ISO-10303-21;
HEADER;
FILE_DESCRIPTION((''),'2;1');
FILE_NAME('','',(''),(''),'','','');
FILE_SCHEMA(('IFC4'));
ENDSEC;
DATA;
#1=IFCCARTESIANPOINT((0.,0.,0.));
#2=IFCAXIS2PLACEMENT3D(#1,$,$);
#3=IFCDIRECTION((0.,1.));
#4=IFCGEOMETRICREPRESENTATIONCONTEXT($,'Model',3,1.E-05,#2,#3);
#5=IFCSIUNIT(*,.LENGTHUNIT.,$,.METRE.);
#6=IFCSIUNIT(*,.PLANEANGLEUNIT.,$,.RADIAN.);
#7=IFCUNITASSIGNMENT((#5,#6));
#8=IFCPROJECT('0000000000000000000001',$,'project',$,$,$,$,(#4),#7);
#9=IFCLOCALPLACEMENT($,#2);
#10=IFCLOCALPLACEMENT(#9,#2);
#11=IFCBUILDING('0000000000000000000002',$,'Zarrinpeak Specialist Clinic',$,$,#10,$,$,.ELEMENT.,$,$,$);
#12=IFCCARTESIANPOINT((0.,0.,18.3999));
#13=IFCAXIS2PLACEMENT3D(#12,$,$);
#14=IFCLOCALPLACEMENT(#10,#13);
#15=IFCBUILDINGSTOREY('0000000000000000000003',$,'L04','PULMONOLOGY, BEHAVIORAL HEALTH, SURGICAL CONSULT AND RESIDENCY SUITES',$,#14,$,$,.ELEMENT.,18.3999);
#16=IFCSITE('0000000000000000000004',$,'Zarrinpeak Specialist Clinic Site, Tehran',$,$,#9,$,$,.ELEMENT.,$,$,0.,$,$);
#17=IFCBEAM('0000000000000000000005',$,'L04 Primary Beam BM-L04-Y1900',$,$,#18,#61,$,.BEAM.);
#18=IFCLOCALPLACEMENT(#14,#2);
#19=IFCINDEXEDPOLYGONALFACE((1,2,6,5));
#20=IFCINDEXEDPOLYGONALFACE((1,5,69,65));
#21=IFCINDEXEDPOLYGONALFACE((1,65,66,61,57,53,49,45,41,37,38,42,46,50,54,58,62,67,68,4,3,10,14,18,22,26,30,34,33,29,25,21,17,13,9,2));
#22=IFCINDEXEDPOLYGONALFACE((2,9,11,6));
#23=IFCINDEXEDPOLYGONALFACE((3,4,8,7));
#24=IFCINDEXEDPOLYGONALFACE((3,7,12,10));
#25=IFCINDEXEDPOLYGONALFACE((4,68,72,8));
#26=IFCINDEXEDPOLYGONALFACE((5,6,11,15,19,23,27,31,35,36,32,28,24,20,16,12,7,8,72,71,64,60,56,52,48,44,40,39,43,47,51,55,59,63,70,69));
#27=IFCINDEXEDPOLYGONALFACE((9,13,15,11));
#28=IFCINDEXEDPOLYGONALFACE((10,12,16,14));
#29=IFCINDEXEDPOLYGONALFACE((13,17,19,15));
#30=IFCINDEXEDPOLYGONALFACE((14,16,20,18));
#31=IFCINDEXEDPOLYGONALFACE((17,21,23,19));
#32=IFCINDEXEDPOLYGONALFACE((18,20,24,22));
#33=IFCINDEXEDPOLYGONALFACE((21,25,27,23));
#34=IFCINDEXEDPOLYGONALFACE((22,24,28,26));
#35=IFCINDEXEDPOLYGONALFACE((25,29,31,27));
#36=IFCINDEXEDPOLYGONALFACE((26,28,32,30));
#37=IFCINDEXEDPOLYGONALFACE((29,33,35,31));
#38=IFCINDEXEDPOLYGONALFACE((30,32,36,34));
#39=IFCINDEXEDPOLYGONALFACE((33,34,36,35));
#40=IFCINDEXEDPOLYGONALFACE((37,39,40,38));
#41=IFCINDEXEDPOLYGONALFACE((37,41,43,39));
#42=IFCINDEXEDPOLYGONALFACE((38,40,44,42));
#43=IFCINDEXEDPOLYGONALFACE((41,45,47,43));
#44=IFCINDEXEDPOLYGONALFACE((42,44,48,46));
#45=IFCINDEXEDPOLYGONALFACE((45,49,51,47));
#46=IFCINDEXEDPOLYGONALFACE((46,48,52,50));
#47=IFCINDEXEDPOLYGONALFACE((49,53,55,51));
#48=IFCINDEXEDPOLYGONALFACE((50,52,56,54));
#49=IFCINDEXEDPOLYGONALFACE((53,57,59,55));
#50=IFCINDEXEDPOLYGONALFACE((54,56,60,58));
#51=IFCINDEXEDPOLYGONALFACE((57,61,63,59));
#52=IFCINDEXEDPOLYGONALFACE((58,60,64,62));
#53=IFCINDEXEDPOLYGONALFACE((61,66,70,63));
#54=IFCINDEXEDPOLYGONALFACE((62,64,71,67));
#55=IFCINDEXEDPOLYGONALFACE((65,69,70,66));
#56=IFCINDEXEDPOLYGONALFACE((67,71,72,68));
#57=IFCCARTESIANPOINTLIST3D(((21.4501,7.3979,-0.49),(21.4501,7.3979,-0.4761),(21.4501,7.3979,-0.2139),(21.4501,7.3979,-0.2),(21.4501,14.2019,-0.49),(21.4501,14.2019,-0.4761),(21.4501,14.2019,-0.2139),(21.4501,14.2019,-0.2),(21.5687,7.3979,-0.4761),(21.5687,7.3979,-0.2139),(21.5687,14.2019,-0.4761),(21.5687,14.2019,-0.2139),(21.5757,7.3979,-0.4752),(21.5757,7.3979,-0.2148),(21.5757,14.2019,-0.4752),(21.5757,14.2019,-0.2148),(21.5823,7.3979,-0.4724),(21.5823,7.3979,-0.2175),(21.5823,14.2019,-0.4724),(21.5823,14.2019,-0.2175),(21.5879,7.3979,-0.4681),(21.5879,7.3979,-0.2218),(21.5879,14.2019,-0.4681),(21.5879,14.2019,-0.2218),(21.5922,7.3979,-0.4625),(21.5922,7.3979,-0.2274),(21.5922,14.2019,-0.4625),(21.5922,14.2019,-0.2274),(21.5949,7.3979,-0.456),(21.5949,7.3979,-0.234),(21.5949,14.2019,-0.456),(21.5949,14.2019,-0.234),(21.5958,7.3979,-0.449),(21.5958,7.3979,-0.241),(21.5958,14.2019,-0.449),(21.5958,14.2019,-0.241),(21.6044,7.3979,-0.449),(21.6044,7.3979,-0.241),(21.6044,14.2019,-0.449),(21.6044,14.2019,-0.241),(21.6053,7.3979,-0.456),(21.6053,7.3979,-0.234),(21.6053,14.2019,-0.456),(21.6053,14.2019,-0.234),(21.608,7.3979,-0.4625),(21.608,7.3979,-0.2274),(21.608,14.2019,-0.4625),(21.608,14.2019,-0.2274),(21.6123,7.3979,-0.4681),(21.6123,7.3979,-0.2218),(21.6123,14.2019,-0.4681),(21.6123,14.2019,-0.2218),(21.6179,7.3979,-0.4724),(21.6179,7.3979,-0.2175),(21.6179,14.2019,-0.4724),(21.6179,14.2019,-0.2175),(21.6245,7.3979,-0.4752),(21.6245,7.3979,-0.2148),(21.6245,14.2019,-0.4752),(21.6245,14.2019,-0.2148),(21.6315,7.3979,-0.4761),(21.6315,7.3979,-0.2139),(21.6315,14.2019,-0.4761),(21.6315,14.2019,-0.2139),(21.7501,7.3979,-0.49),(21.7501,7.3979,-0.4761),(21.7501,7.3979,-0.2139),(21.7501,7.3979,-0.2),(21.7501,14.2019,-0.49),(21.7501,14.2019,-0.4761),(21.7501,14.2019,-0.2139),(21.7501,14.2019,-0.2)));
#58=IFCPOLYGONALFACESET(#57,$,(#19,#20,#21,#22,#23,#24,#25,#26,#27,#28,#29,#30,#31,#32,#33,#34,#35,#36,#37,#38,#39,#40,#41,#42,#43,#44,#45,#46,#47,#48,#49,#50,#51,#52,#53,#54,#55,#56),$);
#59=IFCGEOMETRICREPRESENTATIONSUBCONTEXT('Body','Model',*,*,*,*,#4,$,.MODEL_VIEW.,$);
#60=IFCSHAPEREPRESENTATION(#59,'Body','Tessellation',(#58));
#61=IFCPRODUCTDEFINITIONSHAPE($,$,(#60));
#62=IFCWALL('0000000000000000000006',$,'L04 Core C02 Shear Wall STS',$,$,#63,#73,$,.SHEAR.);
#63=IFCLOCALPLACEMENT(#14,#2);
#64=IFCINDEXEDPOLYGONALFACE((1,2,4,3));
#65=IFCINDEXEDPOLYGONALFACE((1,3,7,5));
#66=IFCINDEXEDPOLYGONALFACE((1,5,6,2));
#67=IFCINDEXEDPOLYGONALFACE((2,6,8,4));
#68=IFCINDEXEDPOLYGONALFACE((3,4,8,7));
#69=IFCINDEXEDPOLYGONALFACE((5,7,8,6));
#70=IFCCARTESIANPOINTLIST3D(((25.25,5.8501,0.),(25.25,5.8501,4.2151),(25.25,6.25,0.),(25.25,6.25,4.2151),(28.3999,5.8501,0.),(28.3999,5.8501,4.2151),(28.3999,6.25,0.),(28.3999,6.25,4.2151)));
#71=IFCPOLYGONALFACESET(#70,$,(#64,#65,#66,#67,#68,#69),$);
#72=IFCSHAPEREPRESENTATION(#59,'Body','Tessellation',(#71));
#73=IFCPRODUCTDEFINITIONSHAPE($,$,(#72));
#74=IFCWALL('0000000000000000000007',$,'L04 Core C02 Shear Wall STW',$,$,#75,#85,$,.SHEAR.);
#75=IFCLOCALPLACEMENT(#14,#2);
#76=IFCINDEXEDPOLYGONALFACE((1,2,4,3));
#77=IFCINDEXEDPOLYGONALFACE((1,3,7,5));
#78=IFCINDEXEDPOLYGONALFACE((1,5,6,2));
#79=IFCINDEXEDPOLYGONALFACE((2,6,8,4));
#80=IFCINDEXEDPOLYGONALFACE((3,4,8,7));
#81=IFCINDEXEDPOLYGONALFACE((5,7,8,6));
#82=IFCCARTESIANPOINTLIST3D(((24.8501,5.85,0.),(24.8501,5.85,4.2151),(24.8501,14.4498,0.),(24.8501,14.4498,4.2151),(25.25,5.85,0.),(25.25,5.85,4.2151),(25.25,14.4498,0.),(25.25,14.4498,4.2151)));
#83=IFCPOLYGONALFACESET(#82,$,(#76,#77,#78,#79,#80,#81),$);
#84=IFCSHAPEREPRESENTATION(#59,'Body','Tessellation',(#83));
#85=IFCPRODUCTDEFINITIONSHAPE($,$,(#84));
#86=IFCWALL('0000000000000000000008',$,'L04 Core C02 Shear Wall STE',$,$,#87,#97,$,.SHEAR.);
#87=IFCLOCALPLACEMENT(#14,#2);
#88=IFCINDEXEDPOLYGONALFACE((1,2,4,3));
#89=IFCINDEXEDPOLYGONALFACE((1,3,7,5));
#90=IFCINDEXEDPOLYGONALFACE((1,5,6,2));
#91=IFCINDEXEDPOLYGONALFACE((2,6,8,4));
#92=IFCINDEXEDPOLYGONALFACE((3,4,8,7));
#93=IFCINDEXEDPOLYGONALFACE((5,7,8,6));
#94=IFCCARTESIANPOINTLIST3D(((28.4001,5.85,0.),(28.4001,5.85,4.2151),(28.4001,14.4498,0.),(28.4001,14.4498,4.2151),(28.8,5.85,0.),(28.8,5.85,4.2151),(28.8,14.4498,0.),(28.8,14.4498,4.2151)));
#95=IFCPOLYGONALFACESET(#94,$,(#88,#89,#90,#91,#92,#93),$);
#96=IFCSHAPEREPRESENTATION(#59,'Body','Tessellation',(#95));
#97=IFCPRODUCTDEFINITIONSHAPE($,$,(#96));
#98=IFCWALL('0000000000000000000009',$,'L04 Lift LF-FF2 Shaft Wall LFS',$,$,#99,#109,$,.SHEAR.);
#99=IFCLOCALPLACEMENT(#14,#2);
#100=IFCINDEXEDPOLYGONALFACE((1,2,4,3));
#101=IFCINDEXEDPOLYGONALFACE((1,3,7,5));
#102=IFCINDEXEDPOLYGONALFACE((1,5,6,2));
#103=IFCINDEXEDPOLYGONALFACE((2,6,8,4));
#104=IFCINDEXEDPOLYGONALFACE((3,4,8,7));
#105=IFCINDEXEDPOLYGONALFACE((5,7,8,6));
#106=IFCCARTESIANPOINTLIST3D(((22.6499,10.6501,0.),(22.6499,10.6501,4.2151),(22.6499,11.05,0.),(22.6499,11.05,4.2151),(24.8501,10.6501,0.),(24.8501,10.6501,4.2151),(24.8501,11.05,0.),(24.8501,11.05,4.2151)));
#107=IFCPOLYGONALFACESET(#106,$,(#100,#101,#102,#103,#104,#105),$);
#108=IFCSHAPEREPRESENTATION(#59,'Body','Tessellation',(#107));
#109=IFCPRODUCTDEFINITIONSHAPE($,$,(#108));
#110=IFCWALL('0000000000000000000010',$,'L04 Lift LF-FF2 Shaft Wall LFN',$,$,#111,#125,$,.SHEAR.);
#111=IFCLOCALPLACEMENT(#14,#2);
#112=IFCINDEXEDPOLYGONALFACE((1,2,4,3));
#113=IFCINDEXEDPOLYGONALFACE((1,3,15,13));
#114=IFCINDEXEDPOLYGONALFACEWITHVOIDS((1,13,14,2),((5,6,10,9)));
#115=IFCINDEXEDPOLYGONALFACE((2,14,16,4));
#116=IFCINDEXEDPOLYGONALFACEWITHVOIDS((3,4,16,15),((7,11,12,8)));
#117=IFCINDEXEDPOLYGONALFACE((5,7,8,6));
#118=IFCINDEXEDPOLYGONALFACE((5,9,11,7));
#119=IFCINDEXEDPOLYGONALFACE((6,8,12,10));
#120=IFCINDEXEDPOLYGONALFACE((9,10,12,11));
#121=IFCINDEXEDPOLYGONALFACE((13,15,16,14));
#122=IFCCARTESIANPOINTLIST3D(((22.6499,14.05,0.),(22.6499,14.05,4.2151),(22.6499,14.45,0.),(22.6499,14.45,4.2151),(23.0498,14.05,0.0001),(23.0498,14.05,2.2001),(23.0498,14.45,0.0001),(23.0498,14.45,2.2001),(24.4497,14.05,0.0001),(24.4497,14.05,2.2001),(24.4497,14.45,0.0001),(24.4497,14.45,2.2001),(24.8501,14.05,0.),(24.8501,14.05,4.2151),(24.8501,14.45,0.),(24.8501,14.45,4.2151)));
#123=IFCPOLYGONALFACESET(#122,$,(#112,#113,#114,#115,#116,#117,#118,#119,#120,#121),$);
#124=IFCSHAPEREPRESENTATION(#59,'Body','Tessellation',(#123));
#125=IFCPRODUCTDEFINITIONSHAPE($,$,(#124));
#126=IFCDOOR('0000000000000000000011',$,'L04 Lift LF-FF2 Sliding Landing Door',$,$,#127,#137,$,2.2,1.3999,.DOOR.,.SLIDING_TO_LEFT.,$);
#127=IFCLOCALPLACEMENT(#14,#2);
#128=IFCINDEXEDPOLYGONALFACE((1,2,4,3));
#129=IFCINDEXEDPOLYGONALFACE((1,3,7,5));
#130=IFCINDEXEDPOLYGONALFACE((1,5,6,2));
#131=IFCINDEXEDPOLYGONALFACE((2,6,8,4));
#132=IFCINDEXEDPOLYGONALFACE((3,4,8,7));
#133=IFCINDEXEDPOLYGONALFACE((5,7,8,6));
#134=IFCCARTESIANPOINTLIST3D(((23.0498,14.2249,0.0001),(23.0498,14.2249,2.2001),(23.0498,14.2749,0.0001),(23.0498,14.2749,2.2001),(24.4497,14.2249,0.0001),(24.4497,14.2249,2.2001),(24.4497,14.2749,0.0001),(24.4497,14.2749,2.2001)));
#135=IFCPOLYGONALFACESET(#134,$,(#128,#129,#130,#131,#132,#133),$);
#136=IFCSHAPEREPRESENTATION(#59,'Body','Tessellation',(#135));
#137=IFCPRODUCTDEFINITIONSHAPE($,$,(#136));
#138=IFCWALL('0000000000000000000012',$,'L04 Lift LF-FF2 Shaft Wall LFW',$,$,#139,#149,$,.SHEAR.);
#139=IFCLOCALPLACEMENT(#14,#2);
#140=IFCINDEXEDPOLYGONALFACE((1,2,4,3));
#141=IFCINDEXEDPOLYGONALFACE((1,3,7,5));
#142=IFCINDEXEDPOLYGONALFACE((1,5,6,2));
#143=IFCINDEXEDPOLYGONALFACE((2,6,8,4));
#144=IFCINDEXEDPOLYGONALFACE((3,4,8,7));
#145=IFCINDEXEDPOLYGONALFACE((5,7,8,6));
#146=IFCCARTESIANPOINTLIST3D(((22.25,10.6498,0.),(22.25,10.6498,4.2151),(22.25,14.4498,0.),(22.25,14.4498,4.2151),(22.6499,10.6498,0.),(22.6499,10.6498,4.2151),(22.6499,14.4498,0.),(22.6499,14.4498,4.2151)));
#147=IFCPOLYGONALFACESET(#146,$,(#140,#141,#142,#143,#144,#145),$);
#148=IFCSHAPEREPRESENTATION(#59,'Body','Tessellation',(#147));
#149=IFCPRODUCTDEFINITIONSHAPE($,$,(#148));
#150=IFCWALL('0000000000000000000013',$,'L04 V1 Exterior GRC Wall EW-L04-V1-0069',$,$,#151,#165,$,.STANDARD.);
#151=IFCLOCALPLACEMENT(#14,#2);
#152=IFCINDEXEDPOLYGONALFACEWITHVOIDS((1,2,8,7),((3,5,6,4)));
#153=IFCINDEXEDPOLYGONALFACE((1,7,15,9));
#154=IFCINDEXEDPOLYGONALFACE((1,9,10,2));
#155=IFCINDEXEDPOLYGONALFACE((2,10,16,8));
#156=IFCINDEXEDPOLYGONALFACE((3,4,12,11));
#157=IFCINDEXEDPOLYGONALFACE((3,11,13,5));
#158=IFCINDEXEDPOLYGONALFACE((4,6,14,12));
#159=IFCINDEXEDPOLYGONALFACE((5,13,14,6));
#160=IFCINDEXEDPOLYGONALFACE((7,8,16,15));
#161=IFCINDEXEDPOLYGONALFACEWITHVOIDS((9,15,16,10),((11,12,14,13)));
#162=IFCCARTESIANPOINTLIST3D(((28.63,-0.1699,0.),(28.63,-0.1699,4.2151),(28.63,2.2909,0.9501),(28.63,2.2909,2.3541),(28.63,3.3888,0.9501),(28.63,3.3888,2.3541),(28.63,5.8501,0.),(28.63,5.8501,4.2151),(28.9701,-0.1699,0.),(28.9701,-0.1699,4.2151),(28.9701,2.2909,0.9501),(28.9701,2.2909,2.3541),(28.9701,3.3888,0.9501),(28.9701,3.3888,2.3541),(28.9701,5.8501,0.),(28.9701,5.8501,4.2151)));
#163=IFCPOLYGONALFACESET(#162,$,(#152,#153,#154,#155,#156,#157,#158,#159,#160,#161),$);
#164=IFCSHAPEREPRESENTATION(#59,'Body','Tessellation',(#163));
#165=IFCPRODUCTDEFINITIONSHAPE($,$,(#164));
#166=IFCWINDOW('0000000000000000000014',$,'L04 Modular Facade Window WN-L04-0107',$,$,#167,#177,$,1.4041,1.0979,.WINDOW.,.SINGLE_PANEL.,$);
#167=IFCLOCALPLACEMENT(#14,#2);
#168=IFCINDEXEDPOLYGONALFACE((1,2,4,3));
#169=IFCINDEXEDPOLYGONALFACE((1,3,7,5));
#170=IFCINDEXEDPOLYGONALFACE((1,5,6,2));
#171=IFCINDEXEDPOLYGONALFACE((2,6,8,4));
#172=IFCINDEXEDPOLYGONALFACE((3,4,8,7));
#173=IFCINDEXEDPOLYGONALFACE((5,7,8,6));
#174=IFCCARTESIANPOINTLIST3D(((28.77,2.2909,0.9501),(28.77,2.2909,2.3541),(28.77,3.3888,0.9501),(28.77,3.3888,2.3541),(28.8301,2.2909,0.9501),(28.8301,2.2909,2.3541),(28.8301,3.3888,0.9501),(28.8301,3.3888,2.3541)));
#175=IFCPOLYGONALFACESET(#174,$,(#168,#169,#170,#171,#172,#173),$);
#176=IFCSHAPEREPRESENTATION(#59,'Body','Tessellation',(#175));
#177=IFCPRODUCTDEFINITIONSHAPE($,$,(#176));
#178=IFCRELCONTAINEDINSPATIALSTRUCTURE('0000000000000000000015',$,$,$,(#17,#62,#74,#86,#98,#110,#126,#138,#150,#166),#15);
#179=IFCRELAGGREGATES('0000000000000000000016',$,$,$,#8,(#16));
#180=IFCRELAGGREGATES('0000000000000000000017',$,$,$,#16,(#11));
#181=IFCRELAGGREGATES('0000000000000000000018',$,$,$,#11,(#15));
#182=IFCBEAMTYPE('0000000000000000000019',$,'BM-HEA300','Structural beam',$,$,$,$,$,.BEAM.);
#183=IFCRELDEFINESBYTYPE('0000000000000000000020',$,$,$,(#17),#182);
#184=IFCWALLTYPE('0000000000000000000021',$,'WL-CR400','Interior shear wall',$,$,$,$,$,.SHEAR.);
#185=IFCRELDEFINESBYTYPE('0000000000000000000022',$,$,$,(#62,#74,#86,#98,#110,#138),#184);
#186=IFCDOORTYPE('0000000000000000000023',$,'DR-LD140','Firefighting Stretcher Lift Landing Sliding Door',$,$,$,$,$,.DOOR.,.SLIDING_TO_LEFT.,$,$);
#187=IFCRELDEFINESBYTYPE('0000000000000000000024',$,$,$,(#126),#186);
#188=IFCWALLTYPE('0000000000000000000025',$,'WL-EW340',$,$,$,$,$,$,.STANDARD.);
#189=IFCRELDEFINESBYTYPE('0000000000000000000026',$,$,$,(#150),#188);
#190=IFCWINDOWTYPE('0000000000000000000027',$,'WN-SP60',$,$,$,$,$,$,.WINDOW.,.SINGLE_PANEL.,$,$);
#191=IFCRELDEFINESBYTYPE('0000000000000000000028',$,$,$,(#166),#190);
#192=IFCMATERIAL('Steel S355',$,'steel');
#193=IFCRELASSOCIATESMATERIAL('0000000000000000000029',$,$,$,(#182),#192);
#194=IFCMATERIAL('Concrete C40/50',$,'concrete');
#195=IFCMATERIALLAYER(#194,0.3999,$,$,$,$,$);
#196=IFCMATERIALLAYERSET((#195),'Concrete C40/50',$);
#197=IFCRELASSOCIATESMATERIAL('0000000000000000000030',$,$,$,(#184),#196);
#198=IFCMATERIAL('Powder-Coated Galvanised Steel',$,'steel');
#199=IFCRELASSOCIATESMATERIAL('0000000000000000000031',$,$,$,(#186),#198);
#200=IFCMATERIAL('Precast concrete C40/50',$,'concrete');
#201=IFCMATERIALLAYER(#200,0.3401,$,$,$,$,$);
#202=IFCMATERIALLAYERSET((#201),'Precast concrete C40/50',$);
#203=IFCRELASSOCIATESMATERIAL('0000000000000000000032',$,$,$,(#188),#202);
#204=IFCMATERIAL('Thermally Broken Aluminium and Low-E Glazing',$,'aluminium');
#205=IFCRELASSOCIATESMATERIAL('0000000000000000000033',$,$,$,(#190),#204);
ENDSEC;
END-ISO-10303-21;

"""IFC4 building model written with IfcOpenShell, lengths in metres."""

from ifc_helpers import new_model, si_unit, direction, frame, frame_2d, origin, origin_2d, place, context, subcontext, project, spatial, rectangle, i_section, extrude, material, layer, layer_set, material_profile, profile_set, type_object, element, fill, save


model = new_model("IFC4")

# Units and contexts
model_context = context("Model", 3, precision=1e-05, world=origin(), true_north=direction((0.0, 1.0)))
body_context = subcontext(model_context, "Body", "Model", "MODEL_VIEW")
ifc_project = project(units=[si_unit("LENGTHUNIT", "METRE"), si_unit("PLANEANGLEUNIT", "RADIAN")], contexts=[model_context])

# Site, building, storey
site_placement = place(None, origin())
site = spatial("IfcSite", under=ifc_project, at=site_placement, Name="Zarrinpeak Specialist Clinic Site, Tehran", CompositionType="ELEMENT", RefElevation=0.0)
building_placement = place(site_placement, origin())
building = spatial("IfcBuilding", under=site, at=building_placement, Name="Zarrinpeak Specialist Clinic", CompositionType="ELEMENT")
storey_placement = place(building_placement, frame((0.0, 0.0, 18.3999)))
storey = spatial("IfcBuildingStorey", under=building, at=storey_placement, Name="L04", Description="PULMONOLOGY, BEHAVIORAL HEALTH, SURGICAL CONSULT AND RESIDENCY SUITES", CompositionType="ELEMENT", Elevation=18.3999)

# Shared definitions
ifc_material_1 = material(Name="Steel S355", Category="steel")

# Beam
ifc_material_profile_1 = material_profile(ifc_material_1, i_section(OverallWidth=0.3, OverallDepth=0.29, WebThickness=0.0085, FlangeThickness=0.0139, FilletRadius=0.0271, at=origin_2d()), Name="HEA 300")
ifc_profile_set_1 = profile_set([ifc_material_profile_1], Name="Steel S355")
beam_type_1 = type_object("IfcBeamType", Name="BM-HEA300", Description="Structural beam", PredefinedType="BEAM", material=ifc_profile_set_1)
for number, where, z_axis, x_axis, name in (
    (1, (21.6001, 7.3979, -0.345), (0.0, 1.0, 0.0), (-1.0, 0.0, 0.0), "L04 Primary Beam BM-L04-Y1900"),
):
    element("IfcBeam", number, at=place(storey_placement, frame(where, z_axis=z_axis, x_axis=x_axis)), inside=storey, type_object=beam_type_1, Name=name, PredefinedType="BEAM", context=body_context, shape_type="SweptSolid", body=[
        extrude(i_section(OverallWidth=0.3, OverallDepth=0.29, WebThickness=0.0085, FlangeThickness=0.0139, FilletRadius=0.0271, at=origin_2d()), origin(), (0.0, 0.0, 1.0), 6.804),
    ])

# Wall
ifc_material_2 = material(Name="Concrete C40/50", Category="concrete")
ifc_layer_1 = layer(ifc_material_2, 0.3999)
ifc_layer_set_1 = layer_set([ifc_layer_1], Name="Concrete C40/50")
wall_type_1 = type_object("IfcWallType", Name="WL-CR400", Description="Interior shear wall", PredefinedType="SHEAR", material=ifc_layer_set_1)
wall_1_placement = place(storey_placement, frame((25.25, 6.05, 0.0), z_axis=(0.0, 0.0, 1.0), x_axis=(1.0, 0.0, 0.0)))
element("IfcWall", 2, at=wall_1_placement, inside=storey, type_object=wall_type_1, Name="L04 Core C02 Shear Wall STS", PredefinedType="SHEAR", context=body_context, shape_type="SweptSolid", body=[
    extrude(rectangle(XDim=3.1499, YDim=0.3999, at=frame_2d((1.575, 0.0))), origin(), (0.0, 0.0, 1.0), 4.2151),
])

# Shared definitions
ifc_material_3 = material(Name="Powder-Coated Galvanised Steel", Category="steel")

# Walls
for number, where, z_axis, x_axis, name in (
    (3, (25.05, 5.8501, 0.0), (0.0, 0.0, 1.0), (0.0, 1.0, 0.0), "L04 Core C02 Shear Wall STW"),
    (4, (28.6001, 5.8501, 0.0), (0.0, 0.0, 1.0), (0.0, 1.0, 0.0), "L04 Core C02 Shear Wall STE"),
):
    element("IfcWall", number, at=place(storey_placement, frame(where, z_axis=z_axis, x_axis=x_axis)), inside=storey, type_object=wall_type_1, Name=name, PredefinedType="SHEAR", context=body_context, shape_type="SweptSolid", body=[
        extrude(rectangle(XDim=8.5999, YDim=0.3999, at=frame_2d((4.2998, 0.0))), origin(), (0.0, 0.0, 1.0), 4.2151),
    ])
wall_2_placement = place(storey_placement, frame((22.6499, 10.8501, 0.0), z_axis=(0.0, 0.0, 1.0), x_axis=(1.0, 0.0, 0.0)))
element("IfcWall", 5, at=wall_2_placement, inside=storey, type_object=wall_type_1, Name="L04 Lift LF-FF2 Shaft Wall LFS", PredefinedType="SHEAR", context=body_context, shape_type="SweptSolid", body=[
    extrude(rectangle(XDim=2.2002, YDim=0.3999, at=frame_2d((1.1001, 0.0))), origin(), (0.0, 0.0, 1.0), 4.2151),
])

# Wall, opening, door
wall_3_placement = place(storey_placement, frame((22.6499, 14.25, 0.0), z_axis=(0.0, 0.0, 1.0), x_axis=(1.0, 0.0, 0.0)))
wall_3 = element("IfcWall", 6, at=wall_3_placement, inside=storey, type_object=wall_type_1, Name="L04 Lift LF-FF2 Shaft Wall LFN", PredefinedType="SHEAR", context=body_context, shape_type="SweptSolid", body=[
    extrude(rectangle(XDim=2.2002, YDim=0.3999, at=frame_2d((1.1001, 0.0))), origin(), (0.0, 0.0, 1.0), 4.2151),
])
opening_1_placement = place(wall_3_placement, frame((0.3999, 0.0, 0.0)))
opening_1 = element("IfcOpeningElement", 7, at=opening_1_placement, cuts=wall_3, PredefinedType="OPENING", context=body_context, shape_type="SweptSolid", body=[
    extrude(rectangle(XDim=1.3999, YDim=2.2, at=frame_2d((0.7, 1.1001))), frame((0.0, 0.21, 0.0), z_axis=(0.0, -1.0, 0.0), x_axis=(1.0, 0.0, 0.0)), (0.0, 0.0, 1.0), 0.4199),
])
door_type_1 = type_object("IfcDoorType", Name="DR-LD140", Description="Firefighting Stretcher Lift Landing Sliding Door", OperationType="SLIDING_TO_LEFT", PredefinedType="DOOR", material=ifc_material_3)
door_1_placement = place(opening_1_placement, origin())
door_1 = element("IfcDoor", 8, at=door_1_placement, inside=storey, type_object=door_type_1, Name="L04 Lift LF-FF2 Sliding Landing Door", OperationType="SLIDING_TO_LEFT", OverallHeight=2.2, OverallWidth=1.3999, PredefinedType="DOOR", context=body_context, shape_type="SweptSolid", body=[
    extrude(rectangle(XDim=1.3999, YDim=2.2, at=frame_2d((0.7, 1.1001))), frame((0.0, 0.0249, 0.0), z_axis=(0.0, -1.0, 0.0), x_axis=(1.0, 0.0, 0.0)), (0.0, 0.0, 1.0), 0.05),
])
fill(opening_1, door_1)

# Wall
wall_4_placement = place(storey_placement, frame((22.45, 10.6499, 0.0), z_axis=(0.0, 0.0, 1.0), x_axis=(0.0, 1.0, 0.0)))
element("IfcWall", 9, at=wall_4_placement, inside=storey, type_object=wall_type_1, Name="L04 Lift LF-FF2 Shaft Wall LFW", PredefinedType="SHEAR", context=body_context, shape_type="SweptSolid", body=[
    extrude(rectangle(XDim=3.8, YDim=0.3999, at=frame_2d((1.8999, 0.0))), origin(), (0.0, 0.0, 1.0), 4.2151),
])

# Wall, opening, window
ifc_material_4 = material(Name="Precast concrete C40/50", Category="concrete")
ifc_layer_2 = layer(ifc_material_4, 0.3401)
ifc_layer_set_2 = layer_set([ifc_layer_2], Name="Precast concrete C40/50")
wall_type_2 = type_object("IfcWallType", Name="WL-EW340", PredefinedType="STANDARD", material=ifc_layer_set_2)
wall_5_placement = place(storey_placement, frame((28.8, -0.1699, 0.0), z_axis=(0.0, 0.0, 1.0), x_axis=(0.0, 1.0, 0.0)))
wall_5 = element("IfcWall", 10, at=wall_5_placement, inside=storey, type_object=wall_type_2, Name="L04 V1 Exterior GRC Wall EW-L04-V1-0069", PredefinedType="STANDARD", context=body_context, shape_type="SweptSolid", body=[
    extrude(rectangle(XDim=6.02, YDim=0.3401, at=frame_2d((3.01, 0.0))), origin(), (0.0, 0.0, 1.0), 4.2151),
])
opening_2_placement = place(wall_5_placement, frame((2.4609, 0.0, 0.95)))
opening_2 = element("IfcOpeningElement", 11, at=opening_2_placement, cuts=wall_5, PredefinedType="OPENING", context=body_context, shape_type="SweptSolid", body=[
    extrude(rectangle(XDim=1.0979, YDim=1.4041, at=frame_2d((0.5488, 0.7021))), frame((0.0, 0.1802, 0.0), z_axis=(0.0, -1.0, 0.0), x_axis=(1.0, 0.0, 0.0)), (0.0, 0.0, 1.0), 0.3601),
])
ifc_material_5 = material(Name="Thermally Broken Aluminium and Low-E Glazing", Category="aluminium")
window_type = type_object("IfcWindowType", Name="WN-SP60", PartitioningType="SINGLE_PANEL", PredefinedType="WINDOW", material=ifc_material_5)
window_placement = place(opening_2_placement, origin())
window = element("IfcWindow", 12, at=window_placement, inside=storey, type_object=window_type, Name="L04 Modular Facade Window WN-L04-0107", OverallHeight=1.4041, OverallWidth=1.0979, PartitioningType="SINGLE_PANEL", PredefinedType="WINDOW", context=body_context, shape_type="SweptSolid", body=[
    extrude(rectangle(XDim=1.0979, YDim=1.4041, at=frame_2d((0.5488, 0.7021))), frame((0.0, 0.03, 0.0), z_axis=(0.0, -1.0, 0.0), x_axis=(1.0, 0.0, 0.0)), (0.0, 0.0, 1.0), 0.0601),
])
fill(opening_2, window)

save(model, "model.ifc")
